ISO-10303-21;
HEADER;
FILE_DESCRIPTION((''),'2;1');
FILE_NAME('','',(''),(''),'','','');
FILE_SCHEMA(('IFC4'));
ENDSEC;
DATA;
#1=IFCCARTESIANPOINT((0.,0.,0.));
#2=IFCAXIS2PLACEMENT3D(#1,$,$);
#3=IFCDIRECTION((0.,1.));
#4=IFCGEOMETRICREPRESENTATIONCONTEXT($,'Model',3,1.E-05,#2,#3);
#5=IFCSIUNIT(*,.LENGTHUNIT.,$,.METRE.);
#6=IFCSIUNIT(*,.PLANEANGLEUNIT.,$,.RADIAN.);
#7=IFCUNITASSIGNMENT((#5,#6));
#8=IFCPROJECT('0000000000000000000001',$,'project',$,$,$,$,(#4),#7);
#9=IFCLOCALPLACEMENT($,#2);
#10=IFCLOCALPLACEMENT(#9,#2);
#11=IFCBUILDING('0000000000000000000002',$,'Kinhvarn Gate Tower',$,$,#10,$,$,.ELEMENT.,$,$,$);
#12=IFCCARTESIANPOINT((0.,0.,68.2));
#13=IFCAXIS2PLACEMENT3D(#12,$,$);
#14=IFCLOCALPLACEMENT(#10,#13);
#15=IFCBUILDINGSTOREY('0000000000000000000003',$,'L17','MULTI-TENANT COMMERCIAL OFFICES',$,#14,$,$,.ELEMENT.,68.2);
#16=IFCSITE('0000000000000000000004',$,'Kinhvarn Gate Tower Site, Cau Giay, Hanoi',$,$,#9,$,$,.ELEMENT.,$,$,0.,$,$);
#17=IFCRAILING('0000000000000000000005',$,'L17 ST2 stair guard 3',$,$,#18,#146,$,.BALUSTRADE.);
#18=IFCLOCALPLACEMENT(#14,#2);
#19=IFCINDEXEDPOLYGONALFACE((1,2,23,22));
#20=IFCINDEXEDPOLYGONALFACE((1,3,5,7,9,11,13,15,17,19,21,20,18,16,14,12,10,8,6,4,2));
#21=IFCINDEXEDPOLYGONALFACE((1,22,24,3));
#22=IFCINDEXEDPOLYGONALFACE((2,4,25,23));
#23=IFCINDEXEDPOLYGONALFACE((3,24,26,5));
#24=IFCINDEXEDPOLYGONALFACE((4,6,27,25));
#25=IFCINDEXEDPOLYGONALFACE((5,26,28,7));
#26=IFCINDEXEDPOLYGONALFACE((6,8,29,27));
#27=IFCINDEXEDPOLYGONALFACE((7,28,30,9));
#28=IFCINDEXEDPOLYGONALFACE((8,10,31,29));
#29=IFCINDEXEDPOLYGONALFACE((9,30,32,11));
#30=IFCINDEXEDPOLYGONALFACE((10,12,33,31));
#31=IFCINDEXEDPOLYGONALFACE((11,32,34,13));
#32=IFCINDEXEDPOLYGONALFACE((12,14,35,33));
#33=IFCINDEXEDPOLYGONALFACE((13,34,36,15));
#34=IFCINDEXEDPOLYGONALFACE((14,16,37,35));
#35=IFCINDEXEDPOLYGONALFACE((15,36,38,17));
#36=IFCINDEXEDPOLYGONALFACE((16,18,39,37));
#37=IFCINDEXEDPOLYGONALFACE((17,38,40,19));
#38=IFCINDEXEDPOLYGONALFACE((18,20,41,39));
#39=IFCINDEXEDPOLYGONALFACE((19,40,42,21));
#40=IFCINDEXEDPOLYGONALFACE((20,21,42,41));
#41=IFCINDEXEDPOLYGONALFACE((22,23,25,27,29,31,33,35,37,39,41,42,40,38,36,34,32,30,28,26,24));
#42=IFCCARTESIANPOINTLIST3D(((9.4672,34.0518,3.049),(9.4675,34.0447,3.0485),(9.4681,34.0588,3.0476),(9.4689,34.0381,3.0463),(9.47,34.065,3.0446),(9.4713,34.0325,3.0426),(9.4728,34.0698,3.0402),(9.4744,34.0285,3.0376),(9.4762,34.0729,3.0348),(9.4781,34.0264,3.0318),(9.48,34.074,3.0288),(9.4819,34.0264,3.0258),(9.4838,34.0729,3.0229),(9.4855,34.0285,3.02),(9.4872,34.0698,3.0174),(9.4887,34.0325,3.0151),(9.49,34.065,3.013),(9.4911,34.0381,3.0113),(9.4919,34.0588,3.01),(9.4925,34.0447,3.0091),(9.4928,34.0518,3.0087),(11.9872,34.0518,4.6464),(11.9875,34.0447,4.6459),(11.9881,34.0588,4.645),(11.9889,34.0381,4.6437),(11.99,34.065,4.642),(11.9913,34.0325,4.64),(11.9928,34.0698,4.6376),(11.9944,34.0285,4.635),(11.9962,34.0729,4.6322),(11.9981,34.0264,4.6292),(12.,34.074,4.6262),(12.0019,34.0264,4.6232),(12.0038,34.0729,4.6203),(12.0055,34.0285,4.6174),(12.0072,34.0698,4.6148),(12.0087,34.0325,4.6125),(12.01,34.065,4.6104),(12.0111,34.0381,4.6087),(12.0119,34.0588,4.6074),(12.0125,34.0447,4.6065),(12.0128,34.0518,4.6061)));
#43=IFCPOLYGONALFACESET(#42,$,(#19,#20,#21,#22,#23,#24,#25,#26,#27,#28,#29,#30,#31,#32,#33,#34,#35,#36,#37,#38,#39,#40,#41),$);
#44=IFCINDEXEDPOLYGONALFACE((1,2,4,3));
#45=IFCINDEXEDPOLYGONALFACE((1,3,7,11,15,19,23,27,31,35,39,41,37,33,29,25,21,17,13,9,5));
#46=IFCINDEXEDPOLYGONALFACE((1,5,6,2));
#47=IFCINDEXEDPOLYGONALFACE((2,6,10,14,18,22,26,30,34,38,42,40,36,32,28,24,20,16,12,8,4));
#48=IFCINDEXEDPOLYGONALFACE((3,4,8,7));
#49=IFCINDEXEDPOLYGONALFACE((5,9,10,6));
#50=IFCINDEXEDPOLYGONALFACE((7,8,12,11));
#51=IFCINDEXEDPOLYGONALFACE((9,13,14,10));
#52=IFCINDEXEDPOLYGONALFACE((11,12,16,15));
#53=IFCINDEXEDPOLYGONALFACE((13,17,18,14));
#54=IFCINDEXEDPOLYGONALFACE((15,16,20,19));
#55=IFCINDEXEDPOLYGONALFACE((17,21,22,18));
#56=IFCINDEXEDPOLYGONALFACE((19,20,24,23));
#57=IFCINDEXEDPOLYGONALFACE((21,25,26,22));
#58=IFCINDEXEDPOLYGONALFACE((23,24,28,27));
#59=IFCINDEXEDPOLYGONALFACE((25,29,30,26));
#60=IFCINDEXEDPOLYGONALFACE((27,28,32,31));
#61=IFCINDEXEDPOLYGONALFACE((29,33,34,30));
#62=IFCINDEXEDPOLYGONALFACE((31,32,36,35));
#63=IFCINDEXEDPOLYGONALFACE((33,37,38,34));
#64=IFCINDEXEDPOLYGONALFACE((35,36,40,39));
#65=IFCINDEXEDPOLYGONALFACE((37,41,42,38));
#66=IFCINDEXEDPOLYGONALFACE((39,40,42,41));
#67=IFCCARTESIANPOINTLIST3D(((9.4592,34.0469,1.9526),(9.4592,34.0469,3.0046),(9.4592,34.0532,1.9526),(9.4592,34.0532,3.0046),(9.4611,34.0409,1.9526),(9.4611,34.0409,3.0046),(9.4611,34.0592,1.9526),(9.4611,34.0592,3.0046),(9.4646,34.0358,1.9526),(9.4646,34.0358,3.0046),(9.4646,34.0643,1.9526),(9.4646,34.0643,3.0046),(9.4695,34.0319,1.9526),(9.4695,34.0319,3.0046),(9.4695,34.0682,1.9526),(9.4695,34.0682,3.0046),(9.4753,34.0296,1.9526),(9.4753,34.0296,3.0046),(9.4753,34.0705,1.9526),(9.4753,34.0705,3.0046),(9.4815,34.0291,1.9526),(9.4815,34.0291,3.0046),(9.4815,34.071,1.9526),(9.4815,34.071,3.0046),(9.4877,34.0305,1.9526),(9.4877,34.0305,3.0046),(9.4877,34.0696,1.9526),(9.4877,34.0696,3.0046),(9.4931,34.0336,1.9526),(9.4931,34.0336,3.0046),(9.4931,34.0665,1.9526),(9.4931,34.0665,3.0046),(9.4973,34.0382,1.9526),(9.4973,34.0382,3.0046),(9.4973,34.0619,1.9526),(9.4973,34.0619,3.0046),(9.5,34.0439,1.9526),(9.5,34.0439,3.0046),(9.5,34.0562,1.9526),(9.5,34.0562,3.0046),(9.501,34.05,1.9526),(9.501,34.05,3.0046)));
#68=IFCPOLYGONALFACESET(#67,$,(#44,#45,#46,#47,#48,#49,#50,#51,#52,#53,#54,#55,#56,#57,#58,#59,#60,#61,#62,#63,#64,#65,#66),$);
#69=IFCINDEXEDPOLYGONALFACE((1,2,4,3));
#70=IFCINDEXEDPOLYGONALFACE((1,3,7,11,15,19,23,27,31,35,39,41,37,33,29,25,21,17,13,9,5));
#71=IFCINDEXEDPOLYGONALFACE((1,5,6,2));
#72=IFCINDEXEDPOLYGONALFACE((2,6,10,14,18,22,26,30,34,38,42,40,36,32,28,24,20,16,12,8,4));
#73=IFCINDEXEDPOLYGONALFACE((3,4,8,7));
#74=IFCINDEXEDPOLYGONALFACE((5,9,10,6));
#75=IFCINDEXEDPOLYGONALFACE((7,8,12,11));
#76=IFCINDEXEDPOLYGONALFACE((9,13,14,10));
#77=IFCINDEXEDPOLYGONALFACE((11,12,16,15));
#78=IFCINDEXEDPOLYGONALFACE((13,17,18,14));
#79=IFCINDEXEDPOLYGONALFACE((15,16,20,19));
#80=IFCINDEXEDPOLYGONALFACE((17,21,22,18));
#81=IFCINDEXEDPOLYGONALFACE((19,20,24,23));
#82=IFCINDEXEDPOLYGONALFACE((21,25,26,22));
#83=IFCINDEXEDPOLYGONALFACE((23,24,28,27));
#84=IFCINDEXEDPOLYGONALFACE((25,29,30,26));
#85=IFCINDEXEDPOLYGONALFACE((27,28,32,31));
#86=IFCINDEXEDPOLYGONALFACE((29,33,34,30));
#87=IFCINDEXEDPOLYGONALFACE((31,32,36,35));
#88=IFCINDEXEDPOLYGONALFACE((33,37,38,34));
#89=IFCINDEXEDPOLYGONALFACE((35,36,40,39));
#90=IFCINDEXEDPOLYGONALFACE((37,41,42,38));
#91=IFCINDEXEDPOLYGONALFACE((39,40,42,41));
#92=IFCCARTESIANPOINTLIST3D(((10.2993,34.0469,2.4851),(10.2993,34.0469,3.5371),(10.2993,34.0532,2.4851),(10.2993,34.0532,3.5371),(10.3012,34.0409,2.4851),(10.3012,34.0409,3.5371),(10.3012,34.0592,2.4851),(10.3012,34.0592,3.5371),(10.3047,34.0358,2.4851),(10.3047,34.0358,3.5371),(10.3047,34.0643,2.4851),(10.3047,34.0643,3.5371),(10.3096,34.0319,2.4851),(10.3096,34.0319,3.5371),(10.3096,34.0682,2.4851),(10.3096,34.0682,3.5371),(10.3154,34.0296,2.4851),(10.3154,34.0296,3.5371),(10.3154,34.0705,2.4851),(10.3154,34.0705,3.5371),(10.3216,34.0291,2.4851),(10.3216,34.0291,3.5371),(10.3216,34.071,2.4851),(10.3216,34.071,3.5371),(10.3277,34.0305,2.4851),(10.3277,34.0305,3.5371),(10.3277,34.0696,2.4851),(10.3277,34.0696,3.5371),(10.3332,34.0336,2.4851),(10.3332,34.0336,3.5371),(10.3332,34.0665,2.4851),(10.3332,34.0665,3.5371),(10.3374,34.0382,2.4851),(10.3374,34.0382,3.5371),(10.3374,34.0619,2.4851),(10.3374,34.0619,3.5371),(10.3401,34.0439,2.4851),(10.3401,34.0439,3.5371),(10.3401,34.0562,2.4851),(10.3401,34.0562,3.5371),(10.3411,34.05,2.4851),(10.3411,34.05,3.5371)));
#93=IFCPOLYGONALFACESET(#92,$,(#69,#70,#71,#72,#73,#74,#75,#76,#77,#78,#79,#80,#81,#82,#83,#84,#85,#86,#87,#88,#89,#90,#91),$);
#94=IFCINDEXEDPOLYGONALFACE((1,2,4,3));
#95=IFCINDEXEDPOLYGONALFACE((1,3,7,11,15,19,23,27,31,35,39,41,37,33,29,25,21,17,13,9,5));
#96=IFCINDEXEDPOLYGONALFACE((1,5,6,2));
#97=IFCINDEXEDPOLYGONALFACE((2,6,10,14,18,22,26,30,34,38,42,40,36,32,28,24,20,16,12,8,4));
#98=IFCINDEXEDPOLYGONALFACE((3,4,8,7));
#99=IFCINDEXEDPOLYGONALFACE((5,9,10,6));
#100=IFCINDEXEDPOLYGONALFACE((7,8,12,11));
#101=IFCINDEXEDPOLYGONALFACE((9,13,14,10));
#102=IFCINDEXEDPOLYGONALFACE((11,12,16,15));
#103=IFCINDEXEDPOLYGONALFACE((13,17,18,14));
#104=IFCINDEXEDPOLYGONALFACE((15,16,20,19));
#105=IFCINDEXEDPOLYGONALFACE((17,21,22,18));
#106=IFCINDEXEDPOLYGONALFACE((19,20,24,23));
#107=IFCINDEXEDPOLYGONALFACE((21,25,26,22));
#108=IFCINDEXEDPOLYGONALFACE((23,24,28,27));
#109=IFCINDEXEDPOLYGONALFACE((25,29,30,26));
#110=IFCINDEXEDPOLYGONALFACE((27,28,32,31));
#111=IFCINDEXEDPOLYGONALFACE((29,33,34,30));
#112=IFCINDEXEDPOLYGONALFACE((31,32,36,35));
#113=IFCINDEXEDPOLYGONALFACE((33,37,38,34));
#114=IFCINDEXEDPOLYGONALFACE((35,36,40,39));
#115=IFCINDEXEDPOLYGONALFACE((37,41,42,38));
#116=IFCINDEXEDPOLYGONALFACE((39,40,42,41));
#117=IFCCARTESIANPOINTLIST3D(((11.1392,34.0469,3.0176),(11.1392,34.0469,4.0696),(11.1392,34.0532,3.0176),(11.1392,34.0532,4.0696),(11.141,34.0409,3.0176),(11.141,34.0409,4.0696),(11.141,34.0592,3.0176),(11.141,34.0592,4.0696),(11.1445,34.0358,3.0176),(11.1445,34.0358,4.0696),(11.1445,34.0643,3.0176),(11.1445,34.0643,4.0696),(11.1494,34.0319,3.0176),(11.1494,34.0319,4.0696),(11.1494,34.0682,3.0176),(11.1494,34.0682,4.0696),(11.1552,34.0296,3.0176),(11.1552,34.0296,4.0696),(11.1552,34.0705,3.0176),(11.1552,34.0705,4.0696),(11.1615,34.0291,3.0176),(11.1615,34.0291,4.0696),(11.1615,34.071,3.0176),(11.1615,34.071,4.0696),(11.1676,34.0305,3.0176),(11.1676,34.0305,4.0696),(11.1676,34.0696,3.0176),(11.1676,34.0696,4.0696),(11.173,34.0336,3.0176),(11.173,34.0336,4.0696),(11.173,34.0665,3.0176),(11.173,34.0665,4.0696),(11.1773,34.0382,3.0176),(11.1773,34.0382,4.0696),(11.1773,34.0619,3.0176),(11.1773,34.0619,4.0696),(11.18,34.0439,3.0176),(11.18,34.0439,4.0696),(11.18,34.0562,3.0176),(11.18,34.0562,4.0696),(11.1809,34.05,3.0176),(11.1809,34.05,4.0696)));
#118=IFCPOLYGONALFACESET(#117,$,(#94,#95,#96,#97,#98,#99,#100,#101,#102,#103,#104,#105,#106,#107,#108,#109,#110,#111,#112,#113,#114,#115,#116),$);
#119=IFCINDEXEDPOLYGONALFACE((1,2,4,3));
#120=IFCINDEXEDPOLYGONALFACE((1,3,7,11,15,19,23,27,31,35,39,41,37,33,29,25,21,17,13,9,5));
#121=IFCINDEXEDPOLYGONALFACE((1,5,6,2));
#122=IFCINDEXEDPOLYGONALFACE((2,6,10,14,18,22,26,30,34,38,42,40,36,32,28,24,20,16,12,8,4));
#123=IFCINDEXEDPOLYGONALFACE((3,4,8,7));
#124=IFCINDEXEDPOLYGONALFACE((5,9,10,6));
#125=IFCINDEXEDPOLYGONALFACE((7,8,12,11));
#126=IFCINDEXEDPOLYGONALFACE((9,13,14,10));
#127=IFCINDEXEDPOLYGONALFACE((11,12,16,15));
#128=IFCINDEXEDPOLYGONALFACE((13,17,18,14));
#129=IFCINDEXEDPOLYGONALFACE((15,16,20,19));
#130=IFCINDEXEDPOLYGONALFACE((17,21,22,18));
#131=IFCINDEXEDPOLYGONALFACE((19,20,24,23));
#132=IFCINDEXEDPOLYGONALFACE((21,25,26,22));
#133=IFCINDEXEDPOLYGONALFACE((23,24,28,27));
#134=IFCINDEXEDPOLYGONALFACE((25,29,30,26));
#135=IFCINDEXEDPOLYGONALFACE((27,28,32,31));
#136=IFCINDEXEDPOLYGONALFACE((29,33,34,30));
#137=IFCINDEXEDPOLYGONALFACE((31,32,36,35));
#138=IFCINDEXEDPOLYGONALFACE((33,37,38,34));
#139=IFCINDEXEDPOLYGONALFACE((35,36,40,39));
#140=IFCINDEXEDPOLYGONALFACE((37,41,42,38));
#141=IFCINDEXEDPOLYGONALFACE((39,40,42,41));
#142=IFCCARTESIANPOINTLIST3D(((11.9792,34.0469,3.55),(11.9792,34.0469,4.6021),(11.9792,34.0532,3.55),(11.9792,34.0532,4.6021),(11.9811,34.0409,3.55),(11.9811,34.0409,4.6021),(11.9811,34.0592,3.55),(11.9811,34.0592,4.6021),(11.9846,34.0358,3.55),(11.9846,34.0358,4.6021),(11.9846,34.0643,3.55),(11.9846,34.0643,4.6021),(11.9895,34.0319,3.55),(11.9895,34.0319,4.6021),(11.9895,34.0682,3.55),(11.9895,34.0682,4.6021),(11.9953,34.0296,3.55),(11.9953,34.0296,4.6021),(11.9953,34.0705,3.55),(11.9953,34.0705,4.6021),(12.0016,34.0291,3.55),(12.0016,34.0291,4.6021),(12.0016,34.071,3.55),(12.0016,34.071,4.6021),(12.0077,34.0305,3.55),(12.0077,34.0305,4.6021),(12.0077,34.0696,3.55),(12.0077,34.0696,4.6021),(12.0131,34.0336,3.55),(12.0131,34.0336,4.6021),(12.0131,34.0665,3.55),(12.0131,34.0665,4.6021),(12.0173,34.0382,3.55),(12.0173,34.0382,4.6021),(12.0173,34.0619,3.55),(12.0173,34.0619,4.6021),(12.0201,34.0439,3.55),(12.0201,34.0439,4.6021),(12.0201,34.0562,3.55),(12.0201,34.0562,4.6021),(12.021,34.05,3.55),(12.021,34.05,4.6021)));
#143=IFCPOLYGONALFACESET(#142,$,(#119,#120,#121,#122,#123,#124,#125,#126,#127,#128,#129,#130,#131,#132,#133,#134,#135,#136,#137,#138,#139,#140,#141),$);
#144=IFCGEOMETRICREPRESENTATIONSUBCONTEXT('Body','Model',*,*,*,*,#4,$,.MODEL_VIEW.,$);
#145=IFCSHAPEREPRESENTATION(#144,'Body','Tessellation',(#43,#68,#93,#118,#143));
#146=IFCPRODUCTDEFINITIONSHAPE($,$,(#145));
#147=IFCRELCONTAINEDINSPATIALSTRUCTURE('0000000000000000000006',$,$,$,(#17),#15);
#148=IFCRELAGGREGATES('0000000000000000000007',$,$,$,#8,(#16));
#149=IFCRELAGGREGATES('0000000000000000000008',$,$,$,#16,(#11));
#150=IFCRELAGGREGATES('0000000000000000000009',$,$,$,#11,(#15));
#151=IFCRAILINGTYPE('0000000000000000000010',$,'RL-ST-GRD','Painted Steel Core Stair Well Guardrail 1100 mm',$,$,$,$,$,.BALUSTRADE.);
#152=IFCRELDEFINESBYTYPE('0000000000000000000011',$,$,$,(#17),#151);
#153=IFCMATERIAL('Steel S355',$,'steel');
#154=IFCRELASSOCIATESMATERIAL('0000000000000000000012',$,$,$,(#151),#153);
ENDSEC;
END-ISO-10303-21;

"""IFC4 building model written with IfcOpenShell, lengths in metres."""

from ifc_helpers import new_model, si_unit, direction, frame, origin, origin_2d, place, context, subcontext, project, spatial, circle, extrude, material, type_object, element, save


model = new_model("IFC4")

# Units and contexts
model_context = context("Model", 3, precision=1e-05, world=origin(), true_north=direction((0.0, 1.0)))
body_context = subcontext(model_context, "Body", "Model", "MODEL_VIEW")
ifc_project = project(units=[si_unit("LENGTHUNIT", "METRE"), si_unit("PLANEANGLEUNIT", "RADIAN")], contexts=[model_context])

# Site, building, storey
site_placement = place(None, origin())
site = spatial("IfcSite", under=ifc_project, at=site_placement, Name="Kinhvarn Gate Tower Site, Cau Giay, Hanoi", CompositionType="ELEMENT", RefElevation=0.0)
building_placement = place(site_placement, origin())
building = spatial("IfcBuilding", under=site, at=building_placement, Name="Kinhvarn Gate Tower", CompositionType="ELEMENT")
storey_placement = place(building_placement, frame((0.0, 0.0, 68.2)))
storey = spatial("IfcBuildingStorey", under=building, at=storey_placement, Name="L17", Description="MULTI-TENANT COMMERCIAL OFFICES", CompositionType="ELEMENT", Elevation=68.2)

# Shared definitions
ifc_material_1 = material(Name="Steel S355", Category="steel")

# Railing
railing_type_1 = type_object("IfcRailingType", Name="RL-ST-GRD", Description="Painted Steel Core Stair Well Guardrail 1100 mm", PredefinedType="BALUSTRADE", material=ifc_material_1)
railing_1_placement = place(storey_placement, frame((9.48, 34.05, 1.9526)))
element("IfcRailing", 1, at=railing_1_placement, inside=storey, type_object=railing_type_1, Name="L17 ST2 stair guard 3", PredefinedType="BALUSTRADE", context=body_context, shape_type="SweptSolid", body=[
    extrude(circle(Radius=0.0239, at=origin_2d()), frame((0.0, 0.0, 1.0762), z_axis=(0.844607, 0.0, 0.535387), x_axis=(0.0, 1.0, 0.0)), (0.0, 0.0, 1.0), 2.9836),
    extrude(circle(Radius=0.021, at=origin_2d()), origin(), (0.0, 0.0, 1.0), 1.052),
    extrude(circle(Radius=0.021, at=origin_2d()), frame((0.8401, 0.0, 0.5325)), (0.0, 0.0, 1.0), 1.052),
    extrude(circle(Radius=0.021, at=origin_2d()), frame((1.6799, 0.0, 1.0649)), (0.0, 0.0, 1.0), 1.052),
    extrude(circle(Radius=0.021, at=origin_2d()), frame((2.52, 0.0, 1.5974)), (0.0, 0.0, 1.0), 1.052),
])

save(model, "model.ifc")
